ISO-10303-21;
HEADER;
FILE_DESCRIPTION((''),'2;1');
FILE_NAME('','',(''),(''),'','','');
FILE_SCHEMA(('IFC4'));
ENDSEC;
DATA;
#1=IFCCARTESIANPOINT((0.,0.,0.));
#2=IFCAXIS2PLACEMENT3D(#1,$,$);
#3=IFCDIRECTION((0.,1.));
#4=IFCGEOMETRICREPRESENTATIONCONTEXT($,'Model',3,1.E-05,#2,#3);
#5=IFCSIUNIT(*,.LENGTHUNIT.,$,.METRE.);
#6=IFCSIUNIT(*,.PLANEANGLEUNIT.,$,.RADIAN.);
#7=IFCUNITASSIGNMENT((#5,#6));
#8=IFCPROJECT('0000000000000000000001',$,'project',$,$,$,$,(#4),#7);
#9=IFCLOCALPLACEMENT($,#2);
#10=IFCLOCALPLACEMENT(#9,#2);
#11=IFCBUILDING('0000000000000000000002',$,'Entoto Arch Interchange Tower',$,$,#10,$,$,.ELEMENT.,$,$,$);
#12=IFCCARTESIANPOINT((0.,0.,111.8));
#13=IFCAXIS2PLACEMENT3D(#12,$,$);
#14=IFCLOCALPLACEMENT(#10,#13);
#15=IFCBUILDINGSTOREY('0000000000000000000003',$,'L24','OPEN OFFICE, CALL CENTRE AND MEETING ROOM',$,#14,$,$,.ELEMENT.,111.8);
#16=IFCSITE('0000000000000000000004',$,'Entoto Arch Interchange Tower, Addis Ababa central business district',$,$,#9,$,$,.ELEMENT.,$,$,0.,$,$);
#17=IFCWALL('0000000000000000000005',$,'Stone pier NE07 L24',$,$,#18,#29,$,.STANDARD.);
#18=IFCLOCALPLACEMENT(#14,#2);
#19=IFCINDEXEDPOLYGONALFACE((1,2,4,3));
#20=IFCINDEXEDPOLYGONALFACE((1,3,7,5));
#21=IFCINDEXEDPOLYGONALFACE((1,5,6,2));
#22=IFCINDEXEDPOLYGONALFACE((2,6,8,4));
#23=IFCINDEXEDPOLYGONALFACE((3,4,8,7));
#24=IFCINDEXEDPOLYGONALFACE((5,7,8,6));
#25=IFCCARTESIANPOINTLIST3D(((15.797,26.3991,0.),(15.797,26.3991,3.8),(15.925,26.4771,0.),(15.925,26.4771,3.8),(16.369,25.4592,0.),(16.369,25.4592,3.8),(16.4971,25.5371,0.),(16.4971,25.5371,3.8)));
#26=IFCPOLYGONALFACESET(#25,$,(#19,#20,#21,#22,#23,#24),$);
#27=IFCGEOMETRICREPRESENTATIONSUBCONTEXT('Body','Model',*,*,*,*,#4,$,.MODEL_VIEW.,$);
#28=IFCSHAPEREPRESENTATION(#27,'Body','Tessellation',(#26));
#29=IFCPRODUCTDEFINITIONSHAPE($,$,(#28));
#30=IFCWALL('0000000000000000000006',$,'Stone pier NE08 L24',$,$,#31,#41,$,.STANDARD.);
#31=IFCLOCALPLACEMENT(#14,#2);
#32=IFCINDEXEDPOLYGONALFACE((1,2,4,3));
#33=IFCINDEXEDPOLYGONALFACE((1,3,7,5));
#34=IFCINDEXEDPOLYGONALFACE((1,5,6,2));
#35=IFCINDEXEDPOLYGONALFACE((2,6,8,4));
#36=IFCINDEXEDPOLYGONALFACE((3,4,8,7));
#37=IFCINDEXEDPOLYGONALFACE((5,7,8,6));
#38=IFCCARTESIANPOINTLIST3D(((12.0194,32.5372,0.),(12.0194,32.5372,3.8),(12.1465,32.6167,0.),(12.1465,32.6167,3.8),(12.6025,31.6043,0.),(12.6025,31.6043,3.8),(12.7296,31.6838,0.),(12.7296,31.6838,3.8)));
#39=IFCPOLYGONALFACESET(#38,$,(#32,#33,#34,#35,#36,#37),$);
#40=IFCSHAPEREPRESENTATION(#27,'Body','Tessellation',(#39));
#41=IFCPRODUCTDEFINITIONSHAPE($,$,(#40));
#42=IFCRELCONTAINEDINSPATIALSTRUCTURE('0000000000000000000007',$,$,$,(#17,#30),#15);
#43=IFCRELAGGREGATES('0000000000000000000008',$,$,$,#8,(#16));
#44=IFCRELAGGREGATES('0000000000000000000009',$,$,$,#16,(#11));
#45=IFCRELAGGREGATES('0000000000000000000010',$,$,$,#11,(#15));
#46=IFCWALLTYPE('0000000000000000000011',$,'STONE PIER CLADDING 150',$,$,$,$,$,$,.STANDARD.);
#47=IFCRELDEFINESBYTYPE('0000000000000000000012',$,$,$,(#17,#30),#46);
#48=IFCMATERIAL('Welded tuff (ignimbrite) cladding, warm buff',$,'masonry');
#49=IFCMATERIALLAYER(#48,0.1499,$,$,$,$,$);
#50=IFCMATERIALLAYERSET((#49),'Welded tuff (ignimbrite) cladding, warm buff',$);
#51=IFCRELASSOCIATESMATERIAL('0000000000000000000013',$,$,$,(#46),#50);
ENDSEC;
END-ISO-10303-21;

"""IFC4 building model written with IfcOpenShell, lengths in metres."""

from ifc_helpers import new_model, si_unit, direction, frame, frame_2d, origin, place, context, subcontext, project, spatial, rectangle, extrude, material, layer, layer_set, type_object, element, save


model = new_model("IFC4")

# Units and contexts
model_context = context("Model", 3, precision=1e-05, world=origin(), true_north=direction((0.0, 1.0)))
body_context = subcontext(model_context, "Body", "Model", "MODEL_VIEW")
ifc_project = project(units=[si_unit("LENGTHUNIT", "METRE"), si_unit("PLANEANGLEUNIT", "RADIAN")], contexts=[model_context])

# Site, building, storey
site_placement = place(None, origin())
site = spatial("IfcSite", under=ifc_project, at=site_placement, Name="Entoto Arch Interchange Tower, Addis Ababa central business district", CompositionType="ELEMENT", RefElevation=0.0)
building_placement = place(site_placement, origin())
building = spatial("IfcBuilding", under=site, at=building_placement, Name="Entoto Arch Interchange Tower", CompositionType="ELEMENT")
storey_placement = place(building_placement, frame((0.0, 0.0, 111.8)))
storey = spatial("IfcBuildingStorey", under=building, at=storey_placement, Name="L24", Description="OPEN OFFICE, CALL CENTRE AND MEETING ROOM", CompositionType="ELEMENT", Elevation=111.8)

# Shared definitions
ifc_material_1 = material(Name="Welded tuff (ignimbrite) cladding, warm buff", Category="masonry")

# Walls
ifc_layer_1 = layer(ifc_material_1, 0.1499)
ifc_layer_set_1 = layer_set([ifc_layer_1], Name="Welded tuff (ignimbrite) cladding, warm buff")
wall_type_1 = type_object("IfcWallType", Name="STONE PIER CLADDING 150", PredefinedType="STANDARD", material=ifc_layer_set_1)
wall_1_placement = place(storey_placement, frame((16.4331, 25.498, 0.0), z_axis=(0.0, 0.0, 1.0), x_axis=(-0.51987, 0.854246, 0.0)))
element("IfcWall", 1, at=wall_1_placement, inside=storey, type_object=wall_type_1, Name="Stone pier NE07 L24", PredefinedType="STANDARD", context=body_context, shape_type="SweptSolid", body=[
    extrude(rectangle(XDim=1.1003, YDim=0.1499, at=frame_2d((0.5503, 0.0))), origin(), (0.0, 0.0, 1.0), 3.8),
])
wall_2_placement = place(storey_placement, frame((12.666, 31.644, 0.0), z_axis=(0.0, 0.0, 1.0), x_axis=(-0.529979, 0.848011, 0.0)))
element("IfcWall", 2, at=wall_2_placement, inside=storey, type_object=wall_type_1, Name="Stone pier NE08 L24", PredefinedType="STANDARD", context=body_context, shape_type="SweptSolid", body=[
    extrude(rectangle(XDim=1.1001, YDim=0.1499, at=frame_2d((0.55, 0.0))), origin(), (0.0, 0.0, 1.0), 3.8),
])

save(model, "model.ifc")
